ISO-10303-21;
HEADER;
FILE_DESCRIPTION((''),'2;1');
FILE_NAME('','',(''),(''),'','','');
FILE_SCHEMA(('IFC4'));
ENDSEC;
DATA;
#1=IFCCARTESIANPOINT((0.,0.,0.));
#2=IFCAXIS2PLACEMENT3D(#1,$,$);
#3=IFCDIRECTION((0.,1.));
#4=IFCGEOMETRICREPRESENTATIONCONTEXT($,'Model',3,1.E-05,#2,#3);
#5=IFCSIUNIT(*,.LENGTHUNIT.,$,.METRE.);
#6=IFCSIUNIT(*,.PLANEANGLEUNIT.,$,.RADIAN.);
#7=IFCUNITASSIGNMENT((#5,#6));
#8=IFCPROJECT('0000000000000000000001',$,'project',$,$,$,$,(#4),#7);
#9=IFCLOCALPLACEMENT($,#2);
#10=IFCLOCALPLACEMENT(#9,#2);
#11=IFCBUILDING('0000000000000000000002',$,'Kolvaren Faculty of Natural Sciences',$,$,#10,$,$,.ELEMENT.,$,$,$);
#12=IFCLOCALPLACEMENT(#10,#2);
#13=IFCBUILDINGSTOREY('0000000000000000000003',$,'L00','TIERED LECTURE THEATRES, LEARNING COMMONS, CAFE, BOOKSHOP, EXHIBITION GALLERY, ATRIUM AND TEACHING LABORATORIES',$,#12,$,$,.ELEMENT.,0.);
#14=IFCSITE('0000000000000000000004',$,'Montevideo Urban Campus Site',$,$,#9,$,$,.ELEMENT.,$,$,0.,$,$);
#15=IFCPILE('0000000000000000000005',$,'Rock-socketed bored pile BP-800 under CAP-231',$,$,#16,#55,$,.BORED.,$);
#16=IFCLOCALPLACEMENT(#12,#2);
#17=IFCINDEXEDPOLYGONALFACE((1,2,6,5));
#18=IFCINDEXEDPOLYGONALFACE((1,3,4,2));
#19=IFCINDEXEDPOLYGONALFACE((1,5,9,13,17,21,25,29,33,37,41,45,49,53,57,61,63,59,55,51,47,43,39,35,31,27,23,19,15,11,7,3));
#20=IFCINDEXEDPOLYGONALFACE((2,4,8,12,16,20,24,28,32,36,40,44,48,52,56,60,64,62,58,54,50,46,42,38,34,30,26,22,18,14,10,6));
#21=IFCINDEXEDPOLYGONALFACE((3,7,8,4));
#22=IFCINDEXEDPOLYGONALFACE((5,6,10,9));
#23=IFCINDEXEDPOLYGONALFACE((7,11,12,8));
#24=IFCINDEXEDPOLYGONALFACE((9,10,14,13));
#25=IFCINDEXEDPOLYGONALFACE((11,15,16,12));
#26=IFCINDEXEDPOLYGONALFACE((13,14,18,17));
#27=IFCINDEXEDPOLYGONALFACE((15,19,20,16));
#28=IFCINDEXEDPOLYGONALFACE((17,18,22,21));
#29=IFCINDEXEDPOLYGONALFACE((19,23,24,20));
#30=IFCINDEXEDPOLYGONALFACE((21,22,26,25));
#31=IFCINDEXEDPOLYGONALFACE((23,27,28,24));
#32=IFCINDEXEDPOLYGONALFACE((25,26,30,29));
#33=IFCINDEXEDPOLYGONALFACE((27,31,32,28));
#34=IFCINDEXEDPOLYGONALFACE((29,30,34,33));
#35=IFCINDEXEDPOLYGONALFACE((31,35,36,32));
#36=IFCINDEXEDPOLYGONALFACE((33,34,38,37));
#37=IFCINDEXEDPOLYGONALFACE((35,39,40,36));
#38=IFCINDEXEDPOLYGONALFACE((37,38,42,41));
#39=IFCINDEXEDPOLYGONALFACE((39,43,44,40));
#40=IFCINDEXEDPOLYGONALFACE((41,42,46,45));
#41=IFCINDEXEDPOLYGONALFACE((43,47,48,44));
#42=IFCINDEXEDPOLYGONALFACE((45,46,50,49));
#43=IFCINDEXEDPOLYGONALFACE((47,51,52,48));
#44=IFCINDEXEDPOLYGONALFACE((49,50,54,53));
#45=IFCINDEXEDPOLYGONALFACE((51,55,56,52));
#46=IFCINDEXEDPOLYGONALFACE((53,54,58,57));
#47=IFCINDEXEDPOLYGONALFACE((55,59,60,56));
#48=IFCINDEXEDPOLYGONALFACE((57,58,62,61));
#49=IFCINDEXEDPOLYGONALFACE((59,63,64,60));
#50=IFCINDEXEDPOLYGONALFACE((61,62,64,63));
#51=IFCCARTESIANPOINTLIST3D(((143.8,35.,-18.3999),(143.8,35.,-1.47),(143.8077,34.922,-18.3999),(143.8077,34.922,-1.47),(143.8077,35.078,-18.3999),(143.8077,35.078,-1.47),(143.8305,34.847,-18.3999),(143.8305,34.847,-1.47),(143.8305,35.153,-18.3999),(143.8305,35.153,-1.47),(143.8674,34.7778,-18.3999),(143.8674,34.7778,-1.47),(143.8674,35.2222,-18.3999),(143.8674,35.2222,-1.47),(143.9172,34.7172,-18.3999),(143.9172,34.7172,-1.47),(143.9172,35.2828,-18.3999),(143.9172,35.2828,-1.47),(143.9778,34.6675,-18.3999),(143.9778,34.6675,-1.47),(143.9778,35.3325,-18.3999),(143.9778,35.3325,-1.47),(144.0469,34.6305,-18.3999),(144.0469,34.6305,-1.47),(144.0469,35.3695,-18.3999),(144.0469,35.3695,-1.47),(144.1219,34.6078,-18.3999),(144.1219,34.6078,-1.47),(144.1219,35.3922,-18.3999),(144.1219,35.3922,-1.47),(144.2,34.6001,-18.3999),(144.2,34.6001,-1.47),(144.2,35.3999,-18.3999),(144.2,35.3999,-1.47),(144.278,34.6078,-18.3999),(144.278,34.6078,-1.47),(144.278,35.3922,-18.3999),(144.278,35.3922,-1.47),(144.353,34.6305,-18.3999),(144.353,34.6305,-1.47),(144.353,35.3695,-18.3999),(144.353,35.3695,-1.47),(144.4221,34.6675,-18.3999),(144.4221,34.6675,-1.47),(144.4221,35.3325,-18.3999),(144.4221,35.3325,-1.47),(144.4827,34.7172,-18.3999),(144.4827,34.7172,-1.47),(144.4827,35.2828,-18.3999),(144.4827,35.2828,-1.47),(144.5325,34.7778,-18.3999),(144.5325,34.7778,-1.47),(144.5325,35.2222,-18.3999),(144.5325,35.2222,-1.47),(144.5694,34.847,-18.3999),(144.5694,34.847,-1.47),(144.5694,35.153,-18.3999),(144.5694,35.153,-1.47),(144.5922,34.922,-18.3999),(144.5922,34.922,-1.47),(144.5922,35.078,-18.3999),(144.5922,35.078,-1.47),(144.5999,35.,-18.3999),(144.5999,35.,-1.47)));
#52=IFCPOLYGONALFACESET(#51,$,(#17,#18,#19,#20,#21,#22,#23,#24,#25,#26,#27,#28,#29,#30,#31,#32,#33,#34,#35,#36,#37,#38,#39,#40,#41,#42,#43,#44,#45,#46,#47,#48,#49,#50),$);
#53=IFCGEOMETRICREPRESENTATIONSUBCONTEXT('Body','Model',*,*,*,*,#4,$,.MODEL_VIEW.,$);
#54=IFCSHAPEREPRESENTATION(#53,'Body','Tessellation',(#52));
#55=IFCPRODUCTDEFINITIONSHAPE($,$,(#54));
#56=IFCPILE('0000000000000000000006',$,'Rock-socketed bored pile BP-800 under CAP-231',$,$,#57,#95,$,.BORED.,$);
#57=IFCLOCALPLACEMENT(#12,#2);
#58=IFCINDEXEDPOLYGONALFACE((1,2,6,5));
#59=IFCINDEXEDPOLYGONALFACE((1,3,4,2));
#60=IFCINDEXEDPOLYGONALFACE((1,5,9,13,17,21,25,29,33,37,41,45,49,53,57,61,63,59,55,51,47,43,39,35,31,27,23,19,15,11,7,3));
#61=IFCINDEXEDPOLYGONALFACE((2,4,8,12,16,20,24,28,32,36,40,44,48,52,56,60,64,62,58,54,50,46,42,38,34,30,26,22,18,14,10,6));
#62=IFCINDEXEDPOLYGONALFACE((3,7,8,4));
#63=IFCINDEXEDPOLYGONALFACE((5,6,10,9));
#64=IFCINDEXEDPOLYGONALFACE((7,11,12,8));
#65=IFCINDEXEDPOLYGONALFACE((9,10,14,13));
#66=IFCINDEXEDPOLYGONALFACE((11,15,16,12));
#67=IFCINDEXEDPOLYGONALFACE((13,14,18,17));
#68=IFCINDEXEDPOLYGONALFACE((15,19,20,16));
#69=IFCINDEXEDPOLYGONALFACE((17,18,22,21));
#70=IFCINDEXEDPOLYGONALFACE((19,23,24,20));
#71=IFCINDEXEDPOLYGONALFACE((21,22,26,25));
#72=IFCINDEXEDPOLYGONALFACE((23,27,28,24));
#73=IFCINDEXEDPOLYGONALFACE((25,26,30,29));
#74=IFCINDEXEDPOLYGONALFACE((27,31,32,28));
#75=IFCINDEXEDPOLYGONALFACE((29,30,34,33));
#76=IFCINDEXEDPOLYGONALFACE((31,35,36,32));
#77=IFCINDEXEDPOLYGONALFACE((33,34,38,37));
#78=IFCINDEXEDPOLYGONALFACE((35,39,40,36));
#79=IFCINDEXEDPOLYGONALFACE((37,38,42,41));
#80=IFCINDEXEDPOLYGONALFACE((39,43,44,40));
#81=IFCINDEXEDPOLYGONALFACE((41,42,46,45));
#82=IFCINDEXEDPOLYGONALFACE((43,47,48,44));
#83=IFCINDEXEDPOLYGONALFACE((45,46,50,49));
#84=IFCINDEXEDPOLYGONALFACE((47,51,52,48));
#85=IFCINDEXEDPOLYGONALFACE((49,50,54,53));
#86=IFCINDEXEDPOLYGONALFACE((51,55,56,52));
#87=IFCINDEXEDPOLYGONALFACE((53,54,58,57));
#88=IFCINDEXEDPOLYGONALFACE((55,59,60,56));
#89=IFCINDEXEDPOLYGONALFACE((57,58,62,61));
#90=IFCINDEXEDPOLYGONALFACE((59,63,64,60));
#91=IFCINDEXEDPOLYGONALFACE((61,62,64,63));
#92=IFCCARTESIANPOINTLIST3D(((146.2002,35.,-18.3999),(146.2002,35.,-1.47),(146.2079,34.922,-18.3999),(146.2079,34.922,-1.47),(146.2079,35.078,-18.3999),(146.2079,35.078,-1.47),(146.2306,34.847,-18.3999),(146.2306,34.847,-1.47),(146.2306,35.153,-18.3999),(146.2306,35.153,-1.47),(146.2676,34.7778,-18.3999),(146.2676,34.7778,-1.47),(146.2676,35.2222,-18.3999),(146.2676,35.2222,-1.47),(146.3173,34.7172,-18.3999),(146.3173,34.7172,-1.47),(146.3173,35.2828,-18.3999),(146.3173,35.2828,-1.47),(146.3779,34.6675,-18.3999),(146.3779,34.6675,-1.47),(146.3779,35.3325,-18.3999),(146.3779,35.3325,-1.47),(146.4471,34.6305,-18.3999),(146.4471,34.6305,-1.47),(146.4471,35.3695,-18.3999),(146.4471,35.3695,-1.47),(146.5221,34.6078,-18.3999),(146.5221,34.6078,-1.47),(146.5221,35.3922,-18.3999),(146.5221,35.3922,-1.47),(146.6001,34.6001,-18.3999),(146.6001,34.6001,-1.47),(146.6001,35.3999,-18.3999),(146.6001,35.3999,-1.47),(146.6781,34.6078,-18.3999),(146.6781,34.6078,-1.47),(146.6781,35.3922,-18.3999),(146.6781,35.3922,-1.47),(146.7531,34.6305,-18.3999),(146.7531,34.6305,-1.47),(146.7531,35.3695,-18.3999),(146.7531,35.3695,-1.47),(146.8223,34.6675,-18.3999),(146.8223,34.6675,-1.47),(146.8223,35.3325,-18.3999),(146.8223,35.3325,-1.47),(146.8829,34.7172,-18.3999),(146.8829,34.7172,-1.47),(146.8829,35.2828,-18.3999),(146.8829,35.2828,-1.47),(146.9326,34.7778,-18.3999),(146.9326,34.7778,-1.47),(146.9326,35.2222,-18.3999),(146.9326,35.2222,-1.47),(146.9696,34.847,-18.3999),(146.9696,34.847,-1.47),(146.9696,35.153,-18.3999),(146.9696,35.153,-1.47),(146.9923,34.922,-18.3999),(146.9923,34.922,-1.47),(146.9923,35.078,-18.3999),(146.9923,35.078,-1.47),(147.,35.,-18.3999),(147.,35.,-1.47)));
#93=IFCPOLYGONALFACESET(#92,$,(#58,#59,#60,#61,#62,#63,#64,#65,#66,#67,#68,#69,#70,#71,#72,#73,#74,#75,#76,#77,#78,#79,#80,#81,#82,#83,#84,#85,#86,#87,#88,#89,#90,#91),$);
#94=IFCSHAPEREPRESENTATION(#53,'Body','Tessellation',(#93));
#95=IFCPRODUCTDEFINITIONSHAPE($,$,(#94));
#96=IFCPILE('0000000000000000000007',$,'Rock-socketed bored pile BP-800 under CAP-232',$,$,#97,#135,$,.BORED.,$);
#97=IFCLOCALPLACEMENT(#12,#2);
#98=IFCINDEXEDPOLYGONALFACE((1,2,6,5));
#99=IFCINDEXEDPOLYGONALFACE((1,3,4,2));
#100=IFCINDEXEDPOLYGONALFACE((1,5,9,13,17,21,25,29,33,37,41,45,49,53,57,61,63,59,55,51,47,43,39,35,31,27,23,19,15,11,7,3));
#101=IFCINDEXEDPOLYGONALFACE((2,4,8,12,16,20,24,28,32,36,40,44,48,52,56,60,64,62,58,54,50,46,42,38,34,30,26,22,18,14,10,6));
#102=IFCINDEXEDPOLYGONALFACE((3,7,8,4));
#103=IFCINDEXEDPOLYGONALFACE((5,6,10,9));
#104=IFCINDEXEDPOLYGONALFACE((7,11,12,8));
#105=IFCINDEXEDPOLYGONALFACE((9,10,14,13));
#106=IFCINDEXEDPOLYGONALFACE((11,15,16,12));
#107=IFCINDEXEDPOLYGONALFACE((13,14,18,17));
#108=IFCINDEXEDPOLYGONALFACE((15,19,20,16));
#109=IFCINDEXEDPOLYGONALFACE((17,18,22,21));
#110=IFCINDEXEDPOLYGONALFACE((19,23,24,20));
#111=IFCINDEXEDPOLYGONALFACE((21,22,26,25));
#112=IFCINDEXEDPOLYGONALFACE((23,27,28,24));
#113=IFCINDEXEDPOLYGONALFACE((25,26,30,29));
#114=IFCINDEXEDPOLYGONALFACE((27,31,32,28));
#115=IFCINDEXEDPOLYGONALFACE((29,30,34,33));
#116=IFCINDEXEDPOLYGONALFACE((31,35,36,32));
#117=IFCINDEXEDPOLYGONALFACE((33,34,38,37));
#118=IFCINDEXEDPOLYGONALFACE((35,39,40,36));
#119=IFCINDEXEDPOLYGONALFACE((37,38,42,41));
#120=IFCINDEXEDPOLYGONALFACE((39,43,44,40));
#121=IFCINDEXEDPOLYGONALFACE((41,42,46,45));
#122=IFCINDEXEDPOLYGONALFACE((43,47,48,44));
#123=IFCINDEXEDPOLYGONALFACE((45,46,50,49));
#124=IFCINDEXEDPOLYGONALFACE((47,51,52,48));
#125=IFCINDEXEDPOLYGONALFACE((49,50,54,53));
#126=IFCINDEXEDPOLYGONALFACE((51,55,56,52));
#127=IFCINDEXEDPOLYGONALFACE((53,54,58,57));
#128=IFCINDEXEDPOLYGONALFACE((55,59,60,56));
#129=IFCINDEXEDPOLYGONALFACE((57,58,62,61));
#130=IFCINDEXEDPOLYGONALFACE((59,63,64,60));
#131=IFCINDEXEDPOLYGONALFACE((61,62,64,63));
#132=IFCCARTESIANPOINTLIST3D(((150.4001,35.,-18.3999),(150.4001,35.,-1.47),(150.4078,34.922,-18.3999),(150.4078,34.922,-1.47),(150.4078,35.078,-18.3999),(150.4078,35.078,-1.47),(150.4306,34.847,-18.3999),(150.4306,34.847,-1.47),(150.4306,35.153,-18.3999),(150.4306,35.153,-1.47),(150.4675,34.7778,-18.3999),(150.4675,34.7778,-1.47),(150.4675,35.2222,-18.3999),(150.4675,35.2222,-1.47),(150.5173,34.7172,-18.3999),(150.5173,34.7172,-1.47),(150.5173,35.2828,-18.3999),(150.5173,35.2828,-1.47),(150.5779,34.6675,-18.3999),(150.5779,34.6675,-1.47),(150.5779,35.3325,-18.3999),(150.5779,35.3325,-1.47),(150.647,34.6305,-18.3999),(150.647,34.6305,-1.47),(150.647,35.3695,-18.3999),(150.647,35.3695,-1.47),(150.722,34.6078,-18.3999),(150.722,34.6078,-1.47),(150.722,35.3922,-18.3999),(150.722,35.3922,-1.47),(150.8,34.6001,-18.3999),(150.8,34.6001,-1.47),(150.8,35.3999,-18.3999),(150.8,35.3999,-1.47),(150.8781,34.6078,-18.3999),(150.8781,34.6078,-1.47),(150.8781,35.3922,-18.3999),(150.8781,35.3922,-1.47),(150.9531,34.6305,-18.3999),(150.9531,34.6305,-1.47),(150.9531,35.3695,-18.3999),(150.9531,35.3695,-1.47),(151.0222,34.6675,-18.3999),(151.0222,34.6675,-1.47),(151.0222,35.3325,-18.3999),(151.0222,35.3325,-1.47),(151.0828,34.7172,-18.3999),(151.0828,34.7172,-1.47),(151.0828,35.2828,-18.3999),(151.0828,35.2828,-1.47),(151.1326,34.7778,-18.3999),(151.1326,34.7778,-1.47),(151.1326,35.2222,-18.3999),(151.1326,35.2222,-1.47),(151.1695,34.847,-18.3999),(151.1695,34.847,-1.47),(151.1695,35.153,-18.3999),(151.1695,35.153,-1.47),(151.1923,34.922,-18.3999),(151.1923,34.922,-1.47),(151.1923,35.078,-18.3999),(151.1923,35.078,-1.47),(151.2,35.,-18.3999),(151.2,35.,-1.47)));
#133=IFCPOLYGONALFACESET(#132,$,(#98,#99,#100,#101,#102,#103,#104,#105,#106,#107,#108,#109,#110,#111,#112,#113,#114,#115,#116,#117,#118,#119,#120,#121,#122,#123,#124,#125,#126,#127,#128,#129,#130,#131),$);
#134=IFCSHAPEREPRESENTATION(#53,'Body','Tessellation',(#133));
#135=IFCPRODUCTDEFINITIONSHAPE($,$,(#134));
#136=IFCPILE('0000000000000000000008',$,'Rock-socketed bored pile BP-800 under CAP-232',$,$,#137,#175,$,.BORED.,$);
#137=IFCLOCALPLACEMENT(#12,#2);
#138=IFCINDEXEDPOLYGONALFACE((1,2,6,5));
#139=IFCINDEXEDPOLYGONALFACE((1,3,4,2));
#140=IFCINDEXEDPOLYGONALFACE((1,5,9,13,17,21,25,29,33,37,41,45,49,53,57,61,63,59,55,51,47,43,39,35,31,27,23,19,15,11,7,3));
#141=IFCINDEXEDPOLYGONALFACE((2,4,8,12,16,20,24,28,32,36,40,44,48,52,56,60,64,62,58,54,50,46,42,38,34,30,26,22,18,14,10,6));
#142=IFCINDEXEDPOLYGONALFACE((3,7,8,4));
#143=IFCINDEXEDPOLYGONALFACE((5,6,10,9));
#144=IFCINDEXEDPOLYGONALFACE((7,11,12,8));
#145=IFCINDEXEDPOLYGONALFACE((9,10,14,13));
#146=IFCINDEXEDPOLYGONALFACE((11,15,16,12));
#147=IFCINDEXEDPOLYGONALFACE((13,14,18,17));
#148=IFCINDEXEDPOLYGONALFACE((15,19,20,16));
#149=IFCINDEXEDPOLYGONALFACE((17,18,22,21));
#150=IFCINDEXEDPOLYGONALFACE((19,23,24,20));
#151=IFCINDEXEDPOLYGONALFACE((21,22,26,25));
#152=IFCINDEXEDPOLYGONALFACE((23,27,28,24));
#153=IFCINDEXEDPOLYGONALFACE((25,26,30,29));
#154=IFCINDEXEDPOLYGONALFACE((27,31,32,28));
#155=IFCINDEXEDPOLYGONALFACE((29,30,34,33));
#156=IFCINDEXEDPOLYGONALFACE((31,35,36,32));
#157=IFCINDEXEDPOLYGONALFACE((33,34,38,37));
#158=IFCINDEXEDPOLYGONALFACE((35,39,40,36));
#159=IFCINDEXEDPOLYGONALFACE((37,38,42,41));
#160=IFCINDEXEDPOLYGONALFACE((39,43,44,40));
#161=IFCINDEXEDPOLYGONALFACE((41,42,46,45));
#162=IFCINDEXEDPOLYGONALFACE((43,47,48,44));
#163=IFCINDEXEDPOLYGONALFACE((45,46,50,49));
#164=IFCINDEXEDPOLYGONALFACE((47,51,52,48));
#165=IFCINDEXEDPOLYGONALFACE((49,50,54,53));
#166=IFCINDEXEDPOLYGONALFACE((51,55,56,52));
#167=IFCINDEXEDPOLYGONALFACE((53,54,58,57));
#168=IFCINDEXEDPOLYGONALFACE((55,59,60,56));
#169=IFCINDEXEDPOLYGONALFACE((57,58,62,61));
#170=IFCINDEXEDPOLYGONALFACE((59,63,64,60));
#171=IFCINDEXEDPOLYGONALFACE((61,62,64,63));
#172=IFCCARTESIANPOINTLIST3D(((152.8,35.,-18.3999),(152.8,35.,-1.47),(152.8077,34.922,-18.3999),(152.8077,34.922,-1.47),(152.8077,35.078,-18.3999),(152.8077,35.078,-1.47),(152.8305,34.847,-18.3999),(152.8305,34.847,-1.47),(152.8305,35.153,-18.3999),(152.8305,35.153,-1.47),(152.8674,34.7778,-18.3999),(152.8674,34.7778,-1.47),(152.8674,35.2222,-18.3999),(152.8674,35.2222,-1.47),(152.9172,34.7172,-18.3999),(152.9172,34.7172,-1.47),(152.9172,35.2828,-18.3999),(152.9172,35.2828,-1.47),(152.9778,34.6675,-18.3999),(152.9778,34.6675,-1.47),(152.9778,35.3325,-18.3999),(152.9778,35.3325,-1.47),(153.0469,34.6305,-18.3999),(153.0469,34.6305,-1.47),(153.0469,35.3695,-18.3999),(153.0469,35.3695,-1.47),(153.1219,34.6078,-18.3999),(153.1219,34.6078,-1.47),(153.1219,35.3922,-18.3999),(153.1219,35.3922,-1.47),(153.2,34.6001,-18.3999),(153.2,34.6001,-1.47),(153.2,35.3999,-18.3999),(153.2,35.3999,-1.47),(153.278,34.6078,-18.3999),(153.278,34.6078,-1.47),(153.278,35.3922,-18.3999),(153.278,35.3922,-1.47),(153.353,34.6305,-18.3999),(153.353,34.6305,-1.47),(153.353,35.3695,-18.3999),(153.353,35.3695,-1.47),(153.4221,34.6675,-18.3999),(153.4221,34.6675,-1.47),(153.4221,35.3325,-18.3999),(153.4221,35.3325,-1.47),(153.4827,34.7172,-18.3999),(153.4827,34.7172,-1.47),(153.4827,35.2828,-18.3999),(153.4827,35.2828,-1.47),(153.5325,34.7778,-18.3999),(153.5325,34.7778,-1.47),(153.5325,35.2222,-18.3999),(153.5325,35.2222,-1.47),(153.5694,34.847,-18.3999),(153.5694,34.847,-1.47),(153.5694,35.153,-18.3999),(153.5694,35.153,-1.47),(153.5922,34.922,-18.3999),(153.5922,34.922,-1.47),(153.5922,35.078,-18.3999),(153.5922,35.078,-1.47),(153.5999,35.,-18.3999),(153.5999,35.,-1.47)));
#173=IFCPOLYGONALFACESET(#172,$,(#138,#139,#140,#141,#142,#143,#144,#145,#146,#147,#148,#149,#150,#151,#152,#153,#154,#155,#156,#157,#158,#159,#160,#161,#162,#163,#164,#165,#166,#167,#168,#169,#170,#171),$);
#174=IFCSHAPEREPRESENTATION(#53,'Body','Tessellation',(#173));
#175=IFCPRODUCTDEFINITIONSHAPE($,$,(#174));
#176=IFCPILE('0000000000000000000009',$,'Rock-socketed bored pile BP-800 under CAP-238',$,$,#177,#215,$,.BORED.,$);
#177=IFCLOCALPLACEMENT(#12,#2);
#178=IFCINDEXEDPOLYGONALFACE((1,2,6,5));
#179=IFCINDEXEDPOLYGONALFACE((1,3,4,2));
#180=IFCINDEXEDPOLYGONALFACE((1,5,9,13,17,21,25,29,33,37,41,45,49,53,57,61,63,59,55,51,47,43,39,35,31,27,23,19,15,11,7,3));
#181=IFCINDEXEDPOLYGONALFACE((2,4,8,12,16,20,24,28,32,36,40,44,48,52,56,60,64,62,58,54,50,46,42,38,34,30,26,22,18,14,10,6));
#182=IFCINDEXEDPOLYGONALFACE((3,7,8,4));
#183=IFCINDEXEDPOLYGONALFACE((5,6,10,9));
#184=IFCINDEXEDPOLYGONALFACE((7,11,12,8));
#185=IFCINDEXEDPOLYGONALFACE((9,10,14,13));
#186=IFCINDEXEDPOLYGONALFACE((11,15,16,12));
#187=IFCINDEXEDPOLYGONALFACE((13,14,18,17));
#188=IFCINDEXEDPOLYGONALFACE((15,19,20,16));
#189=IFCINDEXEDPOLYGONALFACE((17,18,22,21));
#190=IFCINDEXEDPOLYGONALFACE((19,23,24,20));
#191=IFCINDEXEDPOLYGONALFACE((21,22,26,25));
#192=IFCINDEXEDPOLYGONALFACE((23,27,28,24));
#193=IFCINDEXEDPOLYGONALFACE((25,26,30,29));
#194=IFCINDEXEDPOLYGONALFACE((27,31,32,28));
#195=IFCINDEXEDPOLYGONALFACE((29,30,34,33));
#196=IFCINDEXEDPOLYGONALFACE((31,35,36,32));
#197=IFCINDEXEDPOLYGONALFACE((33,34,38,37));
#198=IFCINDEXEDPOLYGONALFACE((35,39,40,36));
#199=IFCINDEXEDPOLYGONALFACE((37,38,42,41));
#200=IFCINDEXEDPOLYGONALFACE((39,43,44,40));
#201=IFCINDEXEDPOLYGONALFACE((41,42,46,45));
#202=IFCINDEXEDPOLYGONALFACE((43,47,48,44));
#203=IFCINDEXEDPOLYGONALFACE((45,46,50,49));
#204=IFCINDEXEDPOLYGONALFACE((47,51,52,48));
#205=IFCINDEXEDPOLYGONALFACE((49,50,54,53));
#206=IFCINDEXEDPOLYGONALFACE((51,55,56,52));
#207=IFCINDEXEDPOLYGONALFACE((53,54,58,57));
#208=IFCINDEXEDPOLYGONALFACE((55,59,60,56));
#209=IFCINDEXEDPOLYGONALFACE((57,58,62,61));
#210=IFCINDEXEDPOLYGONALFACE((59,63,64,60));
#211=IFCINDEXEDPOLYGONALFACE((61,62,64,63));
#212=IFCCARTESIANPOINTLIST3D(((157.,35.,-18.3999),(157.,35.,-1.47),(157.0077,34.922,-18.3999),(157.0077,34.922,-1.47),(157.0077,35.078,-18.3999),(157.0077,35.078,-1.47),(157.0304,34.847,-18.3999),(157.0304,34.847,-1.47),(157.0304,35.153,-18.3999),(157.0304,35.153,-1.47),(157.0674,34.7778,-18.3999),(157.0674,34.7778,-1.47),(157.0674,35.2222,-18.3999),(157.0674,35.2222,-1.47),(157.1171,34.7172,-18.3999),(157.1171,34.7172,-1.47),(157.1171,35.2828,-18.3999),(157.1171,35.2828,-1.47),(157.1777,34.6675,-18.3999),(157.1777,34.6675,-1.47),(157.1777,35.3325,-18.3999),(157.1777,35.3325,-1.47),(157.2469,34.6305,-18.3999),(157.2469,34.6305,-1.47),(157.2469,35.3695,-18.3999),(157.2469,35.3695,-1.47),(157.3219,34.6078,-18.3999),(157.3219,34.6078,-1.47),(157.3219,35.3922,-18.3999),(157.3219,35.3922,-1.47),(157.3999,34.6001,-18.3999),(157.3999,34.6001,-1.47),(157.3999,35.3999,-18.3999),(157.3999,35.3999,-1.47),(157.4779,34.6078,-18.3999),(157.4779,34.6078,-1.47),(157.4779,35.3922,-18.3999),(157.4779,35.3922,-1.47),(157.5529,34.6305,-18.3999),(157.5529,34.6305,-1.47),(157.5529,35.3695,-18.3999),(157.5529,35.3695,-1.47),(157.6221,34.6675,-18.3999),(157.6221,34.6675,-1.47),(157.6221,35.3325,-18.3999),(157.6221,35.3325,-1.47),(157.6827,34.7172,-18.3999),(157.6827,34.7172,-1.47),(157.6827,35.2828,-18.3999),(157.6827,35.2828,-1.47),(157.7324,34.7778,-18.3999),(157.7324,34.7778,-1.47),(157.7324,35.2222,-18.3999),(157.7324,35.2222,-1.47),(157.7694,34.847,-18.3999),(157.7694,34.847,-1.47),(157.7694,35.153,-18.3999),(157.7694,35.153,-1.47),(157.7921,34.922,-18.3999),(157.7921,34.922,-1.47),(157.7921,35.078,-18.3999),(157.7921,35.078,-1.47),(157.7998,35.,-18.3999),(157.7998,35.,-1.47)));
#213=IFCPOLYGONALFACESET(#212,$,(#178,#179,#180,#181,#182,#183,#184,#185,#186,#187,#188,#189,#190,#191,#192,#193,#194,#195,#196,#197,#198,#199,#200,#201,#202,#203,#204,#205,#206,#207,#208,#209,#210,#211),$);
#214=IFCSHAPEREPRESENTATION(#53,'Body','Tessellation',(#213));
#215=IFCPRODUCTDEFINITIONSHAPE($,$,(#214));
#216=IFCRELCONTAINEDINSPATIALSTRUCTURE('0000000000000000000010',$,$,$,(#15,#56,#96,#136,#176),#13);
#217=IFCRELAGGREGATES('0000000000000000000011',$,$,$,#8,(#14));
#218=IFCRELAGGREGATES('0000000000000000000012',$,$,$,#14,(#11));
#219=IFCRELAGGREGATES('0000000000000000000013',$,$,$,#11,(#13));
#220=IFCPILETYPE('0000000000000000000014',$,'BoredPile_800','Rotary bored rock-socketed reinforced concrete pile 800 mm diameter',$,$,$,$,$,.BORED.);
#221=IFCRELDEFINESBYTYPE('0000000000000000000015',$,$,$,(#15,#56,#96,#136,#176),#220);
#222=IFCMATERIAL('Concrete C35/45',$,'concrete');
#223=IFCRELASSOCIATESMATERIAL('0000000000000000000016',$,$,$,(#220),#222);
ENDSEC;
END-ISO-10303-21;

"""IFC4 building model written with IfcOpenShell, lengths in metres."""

from ifc_helpers import new_model, si_unit, direction, frame, origin, origin_2d, place, context, subcontext, project, spatial, circle, extrude, material, material_profile, profile_set, type_object, element, save


model = new_model("IFC4")

# Units and contexts
model_context = context("Model", 3, precision=1e-05, world=origin(), true_north=direction((0.0, 1.0)))
body_context = subcontext(model_context, "Body", "Model", "MODEL_VIEW")
ifc_project = project(units=[si_unit("LENGTHUNIT", "METRE"), si_unit("PLANEANGLEUNIT", "RADIAN")], contexts=[model_context])

# Site, building, storey
site_placement = place(None, origin())
site = spatial("IfcSite", under=ifc_project, at=site_placement, Name="Montevideo Urban Campus Site", CompositionType="ELEMENT", RefElevation=0.0)
building_placement = place(site_placement, origin())
building = spatial("IfcBuilding", under=site, at=building_placement, Name="Kolvaren Faculty of Natural Sciences", CompositionType="ELEMENT")
storey_placement = place(building_placement, origin())
storey = spatial("IfcBuildingStorey", under=building, at=storey_placement, Name="L00", Description="TIERED LECTURE THEATRES, LEARNING COMMONS, CAFE, BOOKSHOP, EXHIBITION GALLERY, ATRIUM AND TEACHING LABORATORIES", CompositionType="ELEMENT", Elevation=0.0)

# Piles
ifc_material_1 = material(Name="Concrete C35/45", Category="concrete")
ifc_material_profile_1 = material_profile(ifc_material_1, circle(Radius=0.3999, at=origin_2d()), Name="PILE D800")
ifc_profile_set_1 = profile_set([ifc_material_profile_1], Name="Concrete C35/45")
pile_type = type_object("IfcPileType", Name="BoredPile_800", Description="Rotary bored rock-socketed reinforced concrete pile 800 mm diameter", PredefinedType="BORED", material=ifc_profile_set_1)
for number, where, z_axis, x_axis, name in (
    (1, (144.2, 35.0, -1.47), (0.0, 0.0, -1.0), (1.0, 0.0, 0.0), "Rock-socketed bored pile BP-800 under CAP-231"),
    (2, (146.6001, 35.0, -1.47), (0.0, 0.0, -1.0), (1.0, 0.0, 0.0), "Rock-socketed bored pile BP-800 under CAP-231"),
    (3, (150.8, 35.0, -1.47), (0.0, 0.0, -1.0), (1.0, 0.0, 0.0), "Rock-socketed bored pile BP-800 under CAP-232"),
    (4, (153.2, 35.0, -1.47), (0.0, 0.0, -1.0), (1.0, 0.0, 0.0), "Rock-socketed bored pile BP-800 under CAP-232"),
    (5, (157.3999, 35.0, -1.47), (0.0, 0.0, -1.0), (1.0, 0.0, 0.0), "Rock-socketed bored pile BP-800 under CAP-238"),
):
    element("IfcPile", number, at=place(storey_placement, frame(where, z_axis=z_axis, x_axis=x_axis)), inside=storey, type_object=pile_type, Name=name, PredefinedType="BORED", context=body_context, shape_type="SweptSolid", body=[
        extrude(circle(Radius=0.3999, at=origin_2d()), origin(), (0.0, 0.0, 1.0), 16.9299),
    ])

save(model, "model.ifc")
